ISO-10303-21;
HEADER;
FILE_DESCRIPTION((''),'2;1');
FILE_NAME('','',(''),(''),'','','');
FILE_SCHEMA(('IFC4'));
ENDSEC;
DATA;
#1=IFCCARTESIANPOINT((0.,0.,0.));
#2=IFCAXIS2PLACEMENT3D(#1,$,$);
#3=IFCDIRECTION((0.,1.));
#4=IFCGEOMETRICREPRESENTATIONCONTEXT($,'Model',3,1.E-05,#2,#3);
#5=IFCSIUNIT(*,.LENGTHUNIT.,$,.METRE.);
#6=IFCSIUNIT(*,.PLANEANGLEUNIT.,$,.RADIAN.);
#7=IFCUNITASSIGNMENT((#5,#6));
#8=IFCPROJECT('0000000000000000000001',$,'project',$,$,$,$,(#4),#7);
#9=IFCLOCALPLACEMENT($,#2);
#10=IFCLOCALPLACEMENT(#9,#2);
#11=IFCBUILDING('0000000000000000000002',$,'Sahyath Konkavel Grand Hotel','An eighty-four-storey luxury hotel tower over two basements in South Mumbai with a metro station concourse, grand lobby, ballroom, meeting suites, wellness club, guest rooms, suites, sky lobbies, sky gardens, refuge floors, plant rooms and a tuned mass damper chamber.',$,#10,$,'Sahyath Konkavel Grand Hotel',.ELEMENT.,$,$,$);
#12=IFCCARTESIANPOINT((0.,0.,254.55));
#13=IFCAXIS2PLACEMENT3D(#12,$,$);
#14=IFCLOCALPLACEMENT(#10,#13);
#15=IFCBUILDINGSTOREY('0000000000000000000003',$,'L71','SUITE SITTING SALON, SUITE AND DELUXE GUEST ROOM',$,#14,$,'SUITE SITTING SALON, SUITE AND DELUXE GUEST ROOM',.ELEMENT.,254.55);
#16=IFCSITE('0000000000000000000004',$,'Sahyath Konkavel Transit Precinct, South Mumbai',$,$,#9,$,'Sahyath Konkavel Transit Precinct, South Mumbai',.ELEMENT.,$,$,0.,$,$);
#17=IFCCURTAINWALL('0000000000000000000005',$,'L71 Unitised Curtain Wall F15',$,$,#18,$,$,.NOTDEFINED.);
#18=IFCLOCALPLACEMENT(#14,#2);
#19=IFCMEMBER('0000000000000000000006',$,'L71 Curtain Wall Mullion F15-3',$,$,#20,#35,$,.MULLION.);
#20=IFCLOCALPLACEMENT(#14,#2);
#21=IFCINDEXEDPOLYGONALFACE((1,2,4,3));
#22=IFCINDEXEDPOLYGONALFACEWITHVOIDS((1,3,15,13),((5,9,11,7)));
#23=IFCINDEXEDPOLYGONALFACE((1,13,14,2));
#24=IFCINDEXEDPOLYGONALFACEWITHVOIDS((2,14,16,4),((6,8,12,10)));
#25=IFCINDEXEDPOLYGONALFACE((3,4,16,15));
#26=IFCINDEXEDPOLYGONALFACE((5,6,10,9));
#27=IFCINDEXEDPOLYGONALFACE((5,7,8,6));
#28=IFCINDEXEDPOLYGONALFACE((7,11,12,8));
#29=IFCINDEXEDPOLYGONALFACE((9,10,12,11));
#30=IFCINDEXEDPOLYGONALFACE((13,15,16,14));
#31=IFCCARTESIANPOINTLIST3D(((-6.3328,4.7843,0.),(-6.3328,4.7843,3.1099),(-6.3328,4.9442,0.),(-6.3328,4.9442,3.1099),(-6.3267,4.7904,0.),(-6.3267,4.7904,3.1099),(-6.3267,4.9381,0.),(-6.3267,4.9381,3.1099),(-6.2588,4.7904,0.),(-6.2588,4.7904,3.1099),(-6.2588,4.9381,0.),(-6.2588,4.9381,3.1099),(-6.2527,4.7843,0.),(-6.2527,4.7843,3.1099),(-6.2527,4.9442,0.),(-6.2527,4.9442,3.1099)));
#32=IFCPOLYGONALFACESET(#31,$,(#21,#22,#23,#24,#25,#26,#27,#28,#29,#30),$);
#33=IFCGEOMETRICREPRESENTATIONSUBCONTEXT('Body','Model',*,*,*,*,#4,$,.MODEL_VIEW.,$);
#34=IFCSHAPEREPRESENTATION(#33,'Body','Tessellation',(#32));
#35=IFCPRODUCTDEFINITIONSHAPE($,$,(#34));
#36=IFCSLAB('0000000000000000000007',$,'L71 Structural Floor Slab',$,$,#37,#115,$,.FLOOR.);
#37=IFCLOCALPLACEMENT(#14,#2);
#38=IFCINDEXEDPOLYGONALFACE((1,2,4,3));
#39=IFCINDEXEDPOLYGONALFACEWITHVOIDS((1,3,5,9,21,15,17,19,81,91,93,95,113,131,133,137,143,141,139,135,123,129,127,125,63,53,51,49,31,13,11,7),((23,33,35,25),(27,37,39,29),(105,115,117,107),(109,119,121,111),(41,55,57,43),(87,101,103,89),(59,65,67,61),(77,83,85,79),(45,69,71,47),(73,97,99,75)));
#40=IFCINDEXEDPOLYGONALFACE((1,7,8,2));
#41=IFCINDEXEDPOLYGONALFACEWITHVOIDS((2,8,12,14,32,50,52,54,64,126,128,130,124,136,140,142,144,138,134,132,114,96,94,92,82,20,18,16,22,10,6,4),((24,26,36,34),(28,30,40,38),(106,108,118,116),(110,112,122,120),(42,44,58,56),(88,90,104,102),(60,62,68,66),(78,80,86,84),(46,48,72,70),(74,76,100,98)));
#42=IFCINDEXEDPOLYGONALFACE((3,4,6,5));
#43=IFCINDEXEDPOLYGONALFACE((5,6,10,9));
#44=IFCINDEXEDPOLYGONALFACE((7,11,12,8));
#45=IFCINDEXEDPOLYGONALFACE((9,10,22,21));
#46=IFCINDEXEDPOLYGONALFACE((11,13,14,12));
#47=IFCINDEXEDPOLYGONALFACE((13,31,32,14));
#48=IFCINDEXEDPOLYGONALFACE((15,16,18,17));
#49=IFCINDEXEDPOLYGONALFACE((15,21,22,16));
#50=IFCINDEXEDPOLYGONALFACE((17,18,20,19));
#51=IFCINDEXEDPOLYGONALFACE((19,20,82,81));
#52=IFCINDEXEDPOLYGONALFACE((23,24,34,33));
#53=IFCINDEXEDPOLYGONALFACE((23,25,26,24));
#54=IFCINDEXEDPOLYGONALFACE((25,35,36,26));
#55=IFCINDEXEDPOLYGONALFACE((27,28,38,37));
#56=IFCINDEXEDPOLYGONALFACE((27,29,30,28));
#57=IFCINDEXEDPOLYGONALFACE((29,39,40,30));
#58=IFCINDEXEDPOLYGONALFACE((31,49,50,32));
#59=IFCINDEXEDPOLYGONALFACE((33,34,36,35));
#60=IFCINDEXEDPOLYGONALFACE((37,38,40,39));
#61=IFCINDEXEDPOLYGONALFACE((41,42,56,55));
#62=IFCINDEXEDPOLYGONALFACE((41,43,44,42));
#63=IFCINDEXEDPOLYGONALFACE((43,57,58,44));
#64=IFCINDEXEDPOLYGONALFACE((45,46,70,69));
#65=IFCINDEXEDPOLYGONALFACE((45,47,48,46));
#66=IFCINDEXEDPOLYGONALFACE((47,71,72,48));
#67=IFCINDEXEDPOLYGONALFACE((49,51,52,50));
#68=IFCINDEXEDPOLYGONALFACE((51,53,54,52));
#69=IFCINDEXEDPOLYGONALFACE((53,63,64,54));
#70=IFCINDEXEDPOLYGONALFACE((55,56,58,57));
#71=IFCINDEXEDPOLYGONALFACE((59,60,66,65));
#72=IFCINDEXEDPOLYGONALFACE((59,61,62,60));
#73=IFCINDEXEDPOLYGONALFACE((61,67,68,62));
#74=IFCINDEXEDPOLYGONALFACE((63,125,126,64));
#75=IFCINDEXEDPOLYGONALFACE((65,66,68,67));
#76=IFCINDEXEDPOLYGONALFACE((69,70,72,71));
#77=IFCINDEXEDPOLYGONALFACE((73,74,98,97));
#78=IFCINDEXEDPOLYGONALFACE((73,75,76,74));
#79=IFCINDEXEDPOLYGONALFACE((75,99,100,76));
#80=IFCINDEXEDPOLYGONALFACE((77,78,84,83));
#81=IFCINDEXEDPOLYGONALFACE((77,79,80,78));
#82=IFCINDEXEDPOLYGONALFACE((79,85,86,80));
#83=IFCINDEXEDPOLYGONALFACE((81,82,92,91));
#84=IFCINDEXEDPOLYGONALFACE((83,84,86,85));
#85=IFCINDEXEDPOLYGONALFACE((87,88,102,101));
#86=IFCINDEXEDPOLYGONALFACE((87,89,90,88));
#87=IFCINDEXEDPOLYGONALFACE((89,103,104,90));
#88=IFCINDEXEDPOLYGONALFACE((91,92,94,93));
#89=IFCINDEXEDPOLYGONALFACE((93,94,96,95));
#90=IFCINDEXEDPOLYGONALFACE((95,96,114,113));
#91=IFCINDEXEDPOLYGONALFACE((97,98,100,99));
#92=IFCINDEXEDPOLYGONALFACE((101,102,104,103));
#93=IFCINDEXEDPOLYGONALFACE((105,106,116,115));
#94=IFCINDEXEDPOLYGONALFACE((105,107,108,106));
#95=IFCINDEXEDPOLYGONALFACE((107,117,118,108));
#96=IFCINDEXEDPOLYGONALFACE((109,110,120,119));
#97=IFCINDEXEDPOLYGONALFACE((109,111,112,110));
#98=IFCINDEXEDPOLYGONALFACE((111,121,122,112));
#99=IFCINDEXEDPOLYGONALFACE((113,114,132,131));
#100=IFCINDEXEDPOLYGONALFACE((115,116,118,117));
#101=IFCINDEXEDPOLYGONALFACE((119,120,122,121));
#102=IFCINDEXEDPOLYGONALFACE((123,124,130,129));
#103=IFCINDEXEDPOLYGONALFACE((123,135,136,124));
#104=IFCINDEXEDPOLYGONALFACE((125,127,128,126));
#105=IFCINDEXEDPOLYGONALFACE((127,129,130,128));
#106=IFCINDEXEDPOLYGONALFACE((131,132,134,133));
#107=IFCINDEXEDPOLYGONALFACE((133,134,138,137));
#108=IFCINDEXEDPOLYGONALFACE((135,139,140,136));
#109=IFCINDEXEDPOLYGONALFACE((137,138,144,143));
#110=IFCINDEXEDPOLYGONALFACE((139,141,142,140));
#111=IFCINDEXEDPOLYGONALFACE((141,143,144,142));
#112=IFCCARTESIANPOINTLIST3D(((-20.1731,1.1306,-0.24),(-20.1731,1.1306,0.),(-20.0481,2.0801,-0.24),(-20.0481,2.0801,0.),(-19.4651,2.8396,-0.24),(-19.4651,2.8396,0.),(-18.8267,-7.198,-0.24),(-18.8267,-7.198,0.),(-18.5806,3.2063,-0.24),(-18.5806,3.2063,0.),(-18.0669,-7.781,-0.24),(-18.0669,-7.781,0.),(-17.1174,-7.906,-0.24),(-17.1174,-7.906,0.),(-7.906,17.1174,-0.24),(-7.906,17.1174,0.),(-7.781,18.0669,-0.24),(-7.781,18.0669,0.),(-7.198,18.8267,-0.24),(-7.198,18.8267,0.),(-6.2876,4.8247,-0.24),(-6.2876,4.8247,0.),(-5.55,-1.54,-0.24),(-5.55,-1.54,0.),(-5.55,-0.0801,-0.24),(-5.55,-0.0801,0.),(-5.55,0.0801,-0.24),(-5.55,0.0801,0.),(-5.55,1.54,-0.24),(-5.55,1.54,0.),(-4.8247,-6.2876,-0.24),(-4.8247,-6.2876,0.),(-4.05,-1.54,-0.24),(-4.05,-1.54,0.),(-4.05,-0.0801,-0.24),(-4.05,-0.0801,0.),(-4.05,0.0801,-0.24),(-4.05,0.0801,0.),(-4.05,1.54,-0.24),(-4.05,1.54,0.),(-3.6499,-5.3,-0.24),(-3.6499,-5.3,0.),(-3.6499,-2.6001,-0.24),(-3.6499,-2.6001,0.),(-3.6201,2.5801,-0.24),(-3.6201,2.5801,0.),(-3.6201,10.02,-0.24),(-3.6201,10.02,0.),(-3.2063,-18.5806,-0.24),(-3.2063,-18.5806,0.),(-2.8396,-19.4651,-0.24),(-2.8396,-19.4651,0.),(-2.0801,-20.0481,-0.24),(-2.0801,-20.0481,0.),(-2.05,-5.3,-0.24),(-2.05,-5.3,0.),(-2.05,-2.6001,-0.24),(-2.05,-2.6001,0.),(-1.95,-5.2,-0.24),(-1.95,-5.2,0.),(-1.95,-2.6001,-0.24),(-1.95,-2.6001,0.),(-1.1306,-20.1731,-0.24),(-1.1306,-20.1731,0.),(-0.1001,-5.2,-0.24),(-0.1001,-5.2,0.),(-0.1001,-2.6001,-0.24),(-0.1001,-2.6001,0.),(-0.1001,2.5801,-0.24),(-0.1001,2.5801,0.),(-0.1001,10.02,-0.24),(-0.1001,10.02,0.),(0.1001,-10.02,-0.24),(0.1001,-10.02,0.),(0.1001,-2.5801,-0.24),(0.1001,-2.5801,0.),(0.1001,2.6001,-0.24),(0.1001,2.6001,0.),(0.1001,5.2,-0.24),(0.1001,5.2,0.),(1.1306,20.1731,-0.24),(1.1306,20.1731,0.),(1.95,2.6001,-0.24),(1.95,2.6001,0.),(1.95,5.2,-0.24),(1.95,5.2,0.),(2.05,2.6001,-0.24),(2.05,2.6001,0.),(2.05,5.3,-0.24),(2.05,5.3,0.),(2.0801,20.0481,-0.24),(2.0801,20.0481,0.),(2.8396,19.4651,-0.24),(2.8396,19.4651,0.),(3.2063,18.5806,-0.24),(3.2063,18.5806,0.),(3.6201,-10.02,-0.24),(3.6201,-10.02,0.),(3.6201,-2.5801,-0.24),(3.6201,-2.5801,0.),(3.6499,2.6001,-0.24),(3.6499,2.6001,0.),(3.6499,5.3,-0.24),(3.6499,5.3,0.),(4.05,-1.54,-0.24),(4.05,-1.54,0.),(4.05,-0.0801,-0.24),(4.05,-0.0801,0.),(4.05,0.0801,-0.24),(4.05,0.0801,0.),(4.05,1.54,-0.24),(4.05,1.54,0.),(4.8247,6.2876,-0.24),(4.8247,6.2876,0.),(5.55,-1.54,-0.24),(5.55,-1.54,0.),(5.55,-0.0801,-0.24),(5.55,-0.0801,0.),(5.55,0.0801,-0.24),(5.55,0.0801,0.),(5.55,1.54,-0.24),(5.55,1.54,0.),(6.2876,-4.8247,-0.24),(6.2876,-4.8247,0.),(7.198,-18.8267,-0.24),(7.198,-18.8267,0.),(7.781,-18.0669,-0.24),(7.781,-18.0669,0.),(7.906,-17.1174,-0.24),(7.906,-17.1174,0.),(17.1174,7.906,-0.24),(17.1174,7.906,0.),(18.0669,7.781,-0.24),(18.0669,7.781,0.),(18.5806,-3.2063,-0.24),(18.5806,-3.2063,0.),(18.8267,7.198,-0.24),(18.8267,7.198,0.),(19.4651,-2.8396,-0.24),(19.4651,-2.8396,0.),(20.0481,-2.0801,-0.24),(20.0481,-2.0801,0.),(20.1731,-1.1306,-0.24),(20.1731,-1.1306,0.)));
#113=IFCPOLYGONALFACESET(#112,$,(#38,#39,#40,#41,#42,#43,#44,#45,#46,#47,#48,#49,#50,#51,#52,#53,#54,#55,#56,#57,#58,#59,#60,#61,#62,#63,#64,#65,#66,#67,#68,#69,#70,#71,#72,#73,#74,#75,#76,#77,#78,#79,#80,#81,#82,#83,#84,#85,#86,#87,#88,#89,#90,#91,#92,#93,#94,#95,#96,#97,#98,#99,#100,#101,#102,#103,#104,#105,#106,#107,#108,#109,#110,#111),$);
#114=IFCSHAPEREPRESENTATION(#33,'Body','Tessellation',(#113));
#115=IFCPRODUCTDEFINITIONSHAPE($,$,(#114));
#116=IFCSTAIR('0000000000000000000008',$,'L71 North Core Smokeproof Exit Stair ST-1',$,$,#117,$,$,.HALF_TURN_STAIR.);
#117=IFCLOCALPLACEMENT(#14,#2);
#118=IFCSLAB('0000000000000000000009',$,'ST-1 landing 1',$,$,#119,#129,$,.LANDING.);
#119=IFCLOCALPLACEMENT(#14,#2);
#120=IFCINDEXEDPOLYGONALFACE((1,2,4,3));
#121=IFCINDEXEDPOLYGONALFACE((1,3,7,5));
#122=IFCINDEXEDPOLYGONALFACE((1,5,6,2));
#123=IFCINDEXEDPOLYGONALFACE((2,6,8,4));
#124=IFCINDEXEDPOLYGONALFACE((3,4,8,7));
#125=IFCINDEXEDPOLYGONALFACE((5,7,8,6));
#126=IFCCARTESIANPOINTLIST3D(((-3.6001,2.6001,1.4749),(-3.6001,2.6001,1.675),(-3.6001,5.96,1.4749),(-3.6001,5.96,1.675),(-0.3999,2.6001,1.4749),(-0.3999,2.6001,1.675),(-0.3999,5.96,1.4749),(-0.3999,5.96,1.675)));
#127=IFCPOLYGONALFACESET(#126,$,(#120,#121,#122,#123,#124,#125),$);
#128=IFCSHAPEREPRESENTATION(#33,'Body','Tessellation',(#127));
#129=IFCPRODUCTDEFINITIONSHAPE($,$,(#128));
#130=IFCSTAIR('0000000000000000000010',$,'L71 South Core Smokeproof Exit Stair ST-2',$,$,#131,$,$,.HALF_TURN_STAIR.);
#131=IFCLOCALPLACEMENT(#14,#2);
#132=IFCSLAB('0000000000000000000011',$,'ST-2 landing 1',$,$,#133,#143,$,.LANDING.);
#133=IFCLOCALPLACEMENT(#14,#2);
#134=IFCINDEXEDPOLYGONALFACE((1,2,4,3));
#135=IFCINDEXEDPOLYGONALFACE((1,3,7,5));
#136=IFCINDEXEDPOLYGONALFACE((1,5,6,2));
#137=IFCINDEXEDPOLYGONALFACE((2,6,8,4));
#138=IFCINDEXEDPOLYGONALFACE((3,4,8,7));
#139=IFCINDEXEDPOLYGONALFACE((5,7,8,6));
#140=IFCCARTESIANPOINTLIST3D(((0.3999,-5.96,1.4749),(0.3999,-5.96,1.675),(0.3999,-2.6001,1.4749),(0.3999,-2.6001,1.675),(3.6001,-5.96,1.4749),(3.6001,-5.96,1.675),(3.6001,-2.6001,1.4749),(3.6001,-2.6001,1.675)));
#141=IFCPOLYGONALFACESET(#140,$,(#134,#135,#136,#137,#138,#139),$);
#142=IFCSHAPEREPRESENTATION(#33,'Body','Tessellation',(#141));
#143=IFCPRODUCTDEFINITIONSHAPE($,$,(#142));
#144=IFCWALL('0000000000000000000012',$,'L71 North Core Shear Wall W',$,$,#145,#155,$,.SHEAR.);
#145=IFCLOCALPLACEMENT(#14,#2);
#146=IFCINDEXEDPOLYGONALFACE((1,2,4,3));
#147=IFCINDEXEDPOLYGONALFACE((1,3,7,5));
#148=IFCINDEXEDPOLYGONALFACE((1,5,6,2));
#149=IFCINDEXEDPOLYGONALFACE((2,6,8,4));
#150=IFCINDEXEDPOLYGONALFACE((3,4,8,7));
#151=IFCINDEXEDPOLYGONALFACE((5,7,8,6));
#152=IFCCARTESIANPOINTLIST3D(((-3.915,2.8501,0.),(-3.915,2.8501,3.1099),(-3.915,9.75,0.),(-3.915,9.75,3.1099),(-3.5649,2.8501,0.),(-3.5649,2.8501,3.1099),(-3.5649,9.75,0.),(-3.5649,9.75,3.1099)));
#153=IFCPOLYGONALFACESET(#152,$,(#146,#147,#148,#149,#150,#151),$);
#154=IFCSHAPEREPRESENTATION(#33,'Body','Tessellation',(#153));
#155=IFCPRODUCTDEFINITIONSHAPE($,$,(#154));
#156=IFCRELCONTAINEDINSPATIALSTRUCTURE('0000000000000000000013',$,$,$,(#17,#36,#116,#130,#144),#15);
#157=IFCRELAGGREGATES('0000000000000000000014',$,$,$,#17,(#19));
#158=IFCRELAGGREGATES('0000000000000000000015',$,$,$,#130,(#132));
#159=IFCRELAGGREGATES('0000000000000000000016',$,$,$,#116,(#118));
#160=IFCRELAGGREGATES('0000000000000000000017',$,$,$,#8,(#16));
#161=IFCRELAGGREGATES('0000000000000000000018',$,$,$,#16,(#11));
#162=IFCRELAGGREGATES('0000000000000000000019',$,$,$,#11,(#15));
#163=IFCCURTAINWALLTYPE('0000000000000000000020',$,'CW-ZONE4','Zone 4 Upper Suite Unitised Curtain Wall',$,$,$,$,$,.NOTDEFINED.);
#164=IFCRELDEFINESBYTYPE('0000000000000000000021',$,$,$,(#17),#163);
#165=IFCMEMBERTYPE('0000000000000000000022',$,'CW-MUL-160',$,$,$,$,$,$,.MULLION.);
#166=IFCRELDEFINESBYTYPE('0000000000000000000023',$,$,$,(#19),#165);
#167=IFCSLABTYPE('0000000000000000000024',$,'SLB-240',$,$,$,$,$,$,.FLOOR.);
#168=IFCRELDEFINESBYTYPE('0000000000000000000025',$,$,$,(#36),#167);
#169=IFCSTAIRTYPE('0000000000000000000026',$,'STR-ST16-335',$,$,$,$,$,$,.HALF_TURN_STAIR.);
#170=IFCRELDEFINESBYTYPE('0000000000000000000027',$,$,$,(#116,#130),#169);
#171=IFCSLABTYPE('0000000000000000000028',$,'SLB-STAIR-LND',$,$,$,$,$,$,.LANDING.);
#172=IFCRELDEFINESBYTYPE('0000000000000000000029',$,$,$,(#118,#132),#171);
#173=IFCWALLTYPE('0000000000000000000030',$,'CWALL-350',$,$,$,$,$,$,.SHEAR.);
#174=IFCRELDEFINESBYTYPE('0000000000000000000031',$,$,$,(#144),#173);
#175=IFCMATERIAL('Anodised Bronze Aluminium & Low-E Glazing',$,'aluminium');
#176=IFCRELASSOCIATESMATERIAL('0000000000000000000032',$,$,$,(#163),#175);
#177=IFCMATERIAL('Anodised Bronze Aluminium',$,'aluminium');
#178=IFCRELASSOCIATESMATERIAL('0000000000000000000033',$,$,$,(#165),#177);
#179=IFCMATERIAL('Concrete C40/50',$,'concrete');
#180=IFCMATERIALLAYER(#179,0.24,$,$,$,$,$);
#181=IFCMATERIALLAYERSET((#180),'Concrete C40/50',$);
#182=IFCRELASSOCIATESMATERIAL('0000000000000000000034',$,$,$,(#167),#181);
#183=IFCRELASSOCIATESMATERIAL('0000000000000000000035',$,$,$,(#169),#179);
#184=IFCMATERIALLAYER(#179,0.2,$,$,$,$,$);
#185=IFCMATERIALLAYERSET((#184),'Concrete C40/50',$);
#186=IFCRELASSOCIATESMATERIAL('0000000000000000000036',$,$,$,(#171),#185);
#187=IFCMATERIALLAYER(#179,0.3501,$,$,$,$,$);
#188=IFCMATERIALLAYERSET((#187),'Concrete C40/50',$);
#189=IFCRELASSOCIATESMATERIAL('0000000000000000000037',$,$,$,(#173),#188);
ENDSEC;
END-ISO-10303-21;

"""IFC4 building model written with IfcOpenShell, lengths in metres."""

from ifc_helpers import new_model, si_unit, direction, frame, frame_2d, origin, origin_2d, place, context, subcontext, project, spatial, polyline, rectangle, hollow_rectangle, outline, extrude, source, transform, mapped, material, layer, layer_set, material_profile, profile_set, type_object, element, aggregate, save


model = new_model("IFC4")

# Units and contexts
model_context = context("Model", 3, precision=1e-05, world=origin(), true_north=direction((0.0, 1.0)))
body_context = subcontext(model_context, "Body", "Model", "MODEL_VIEW")
ifc_project = project(units=[si_unit("LENGTHUNIT", "METRE"), si_unit("PLANEANGLEUNIT", "RADIAN")], contexts=[model_context])

# Site, building, storey
site_placement = place(None, origin())
site = spatial("IfcSite", under=ifc_project, at=site_placement, Name="Sahyath Konkavel Transit Precinct, South Mumbai", LongName="Sahyath Konkavel Transit Precinct, South Mumbai", CompositionType="ELEMENT", RefElevation=0.0)
building_placement = place(site_placement, origin())
building = spatial("IfcBuilding", under=site, at=building_placement, Name="Sahyath Konkavel Grand Hotel", Description="An eighty-four-storey luxury hotel tower over two basements in South Mumbai with a metro station concourse, grand lobby, ballroom, meeting suites, wellness club, guest rooms, suites, sky lobbies, sky gardens, refuge floors, plant rooms and a tuned mass damper chamber.", LongName="Sahyath Konkavel Grand Hotel", CompositionType="ELEMENT")
storey_placement = place(building_placement, frame((0.0, 0.0, 254.55)))
storey = spatial("IfcBuildingStorey", under=building, at=storey_placement, Name="L71", Description="SUITE SITTING SALON, SUITE AND DELUXE GUEST ROOM", LongName="SUITE SITTING SALON, SUITE AND DELUXE GUEST ROOM", CompositionType="ELEMENT", Elevation=254.55)

# Shared definitions
ifc_material_1 = material(Name="Concrete C40/50", Category="concrete")

# Curtain wall, member
ifc_material_2 = material(Name="Anodised Bronze Aluminium & Low-E Glazing", Category="aluminium")
curtain_wall_type = type_object("IfcCurtainWallType", Name="CW-ZONE4", Description="Zone 4 Upper Suite Unitised Curtain Wall", PredefinedType="NOTDEFINED", material=ifc_material_2)
curtain_wall_placement = place(storey_placement, origin())
curtain_wall = element("IfcCurtainWall", 1, at=curtain_wall_placement, inside=storey, type_object=curtain_wall_type, Name="L71 Unitised Curtain Wall F15", PredefinedType="NOTDEFINED")
ifc_material_3 = material(Name="Anodised Bronze Aluminium", Category="aluminium")
ifc_material_profile_1 = material_profile(ifc_material_3, hollow_rectangle(XDim=0.0801, YDim=0.1599, WallThickness=0.0061, at=origin_2d()), Name="RHS 160x80x6")
ifc_profile_set_1 = profile_set([ifc_material_profile_1], Name="Anodised Bronze Aluminium")
member_type = type_object("IfcMemberType", Name="CW-MUL-160", PredefinedType="MULLION", material=ifc_profile_set_1)
shared_shape_1 = source(origin(), body_context, "Body", "SweptSolid", [
    extrude(hollow_rectangle(XDim=0.0801, YDim=0.1599, WallThickness=0.0061, at=origin_2d()), origin(), (0.0, 0.0, 1.0), 3.1099),
])
member_placement = place(storey_placement, frame((-6.2927, 4.8643, 0.0), z_axis=(0.0, 0.0, 1.0), x_axis=(1.0, 0.0, 0.0)))
member = element("IfcMember", 2, at=member_placement, type_object=member_type, Name="L71 Curtain Wall Mullion F15-3", PredefinedType="MULLION", context=body_context, shape_type="MappedRepresentation", body=[
    mapped(shared_shape_1, transform((0.0, 0.0, 0.0), scale=1.0)),
])
aggregate(curtain_wall, [member])

# Slab
ifc_layer_1 = layer(ifc_material_1, 0.24)
ifc_layer_set_1 = layer_set([ifc_layer_1], Name="Concrete C40/50")
slab_type_1 = type_object("IfcSlabType", Name="SLB-240", PredefinedType="FLOOR", material=ifc_layer_set_1)
slab_1_placement = place(storey_placement, frame((0.0, 0.0, -0.24)))
element("IfcSlab", 3, at=slab_1_placement, inside=storey, type_object=slab_type_1, Name="L71 Structural Floor Slab", PredefinedType="FLOOR", context=body_context, shape_type="SweptSolid", body=[
    extrude(outline(polyline([(6.2876, -4.8247), (18.5806, -3.2063), (19.4651, -2.8396), (20.0481, -2.0801), (20.1731, -1.1306), (18.8267, 7.198), (18.0669, 7.781), (17.1174, 7.906), (4.8247, 6.2876), (3.2063, 18.5806), (2.8396, 19.4651), (2.0801, 20.0481), (1.1306, 20.1731), (-7.198, 18.8267), (-7.781, 18.0669), (-7.906, 17.1174), (-6.2876, 4.8247), (-18.5806, 3.2063), (-19.4651, 2.8396), (-20.0481, 2.0801), (-20.1731, 1.1306), (-18.8267, -7.198), (-18.0669, -7.781), (-17.1174, -7.906), (-4.8247, -6.2876), (-3.2063, -18.5806), (-2.8396, -19.4651), (-2.0801, -20.0481), (-1.1306, -20.1731), (7.198, -18.8267), (7.781, -18.0669), (7.906, -17.1174), (6.2876, -4.8247)]), holes=[polyline([(-3.6201, 2.5801), (-0.1001, 2.5801), (-0.1001, 10.02), (-3.6201, 10.02), (-3.6201, 2.5801)]), polyline([(0.1001, -10.02), (3.6201, -10.02), (3.6201, -2.5801), (0.1001, -2.5801), (0.1001, -10.02)]), polyline([(0.1001, 2.6001), (1.95, 2.6001), (1.95, 5.2), (0.1001, 5.2), (0.1001, 2.6001)]), polyline([(-1.95, -5.2), (-0.1001, -5.2), (-0.1001, -2.6001), (-1.95, -2.6001), (-1.95, -5.2)]), polyline([(2.05, 2.6001), (3.6499, 2.6001), (3.6499, 5.3), (2.05, 5.3), (2.05, 2.6001)]), polyline([(-3.6499, -5.3), (-2.05, -5.3), (-2.05, -2.6001), (-3.6499, -2.6001), (-3.6499, -5.3)]), polyline([(4.05, 0.0801), (5.55, 0.0801), (5.55, 1.54), (4.05, 1.54), (4.05, 0.0801)]), polyline([(4.05, -1.54), (5.55, -1.54), (5.55, -0.0801), (4.05, -0.0801), (4.05, -1.54)]), polyline([(-5.55, 0.0801), (-4.05, 0.0801), (-4.05, 1.54), (-5.55, 1.54), (-5.55, 0.0801)]), polyline([(-5.55, -1.54), (-4.05, -1.54), (-4.05, -0.0801), (-5.55, -0.0801), (-5.55, -1.54)])]), origin(), (0.0, 0.0, 1.0), 0.24),
])

# Stairs, slabs
stair_type = type_object("IfcStairType", Name="STR-ST16-335", PredefinedType="HALF_TURN_STAIR", material=ifc_material_1)
stair_1_placement = place(storey_placement, origin())
stair_1 = element("IfcStair", 4, at=stair_1_placement, inside=storey, type_object=stair_type, Name="L71 North Core Smokeproof Exit Stair ST-1", PredefinedType="HALF_TURN_STAIR")
ifc_layer_2 = layer(ifc_material_1, 0.2)
ifc_layer_set_2 = layer_set([ifc_layer_2], Name="Concrete C40/50")
slab_type_2 = type_object("IfcSlabType", Name="SLB-STAIR-LND", PredefinedType="LANDING", material=ifc_layer_set_2)
slab_2_placement = place(storey_placement, frame((0.0, 0.0, 1.4749)))
slab_2 = element("IfcSlab", 5, at=slab_2_placement, type_object=slab_type_2, Name="ST-1 landing 1", PredefinedType="LANDING", context=body_context, shape_type="SweptSolid", body=[
    extrude(outline(polyline([(-3.6001, 5.96), (-3.6001, 2.6001), (-0.3999, 2.6001), (-0.3999, 5.96), (-3.6001, 5.96)])), origin(), (0.0, 0.0, 1.0), 0.2002),
])
stair_2_placement = place(storey_placement, origin())
stair_2 = element("IfcStair", 6, at=stair_2_placement, inside=storey, type_object=stair_type, Name="L71 South Core Smokeproof Exit Stair ST-2", PredefinedType="HALF_TURN_STAIR")
slab_3_placement = place(storey_placement, frame((0.0, 0.0, 1.4749)))
slab_3 = element("IfcSlab", 7, at=slab_3_placement, type_object=slab_type_2, Name="ST-2 landing 1", PredefinedType="LANDING", context=body_context, shape_type="SweptSolid", body=[
    extrude(outline(polyline([(3.6001, -5.96), (3.6001, -2.6001), (0.3999, -2.6001), (0.3999, -5.96), (3.6001, -5.96)])), origin(), (0.0, 0.0, 1.0), 0.2002),
])
aggregate(stair_2, [slab_3])

# Wall
ifc_layer_3 = layer(ifc_material_1, 0.3501)
ifc_layer_set_3 = layer_set([ifc_layer_3], Name="Concrete C40/50")
wall_type_1 = type_object("IfcWallType", Name="CWALL-350", PredefinedType="SHEAR", material=ifc_layer_set_3)
wall_1_placement = place(storey_placement, frame((-3.74, 2.8501, 0.0), z_axis=(0.0, 0.0, 1.0), x_axis=(0.0, 1.0, 0.0)))
element("IfcWall", 8, at=wall_1_placement, inside=storey, type_object=wall_type_1, Name="L71 North Core Shear Wall W", PredefinedType="SHEAR", context=body_context, shape_type="SweptSolid", body=[
    extrude(rectangle(XDim=6.8999, YDim=0.3501, at=frame_2d((3.45, 0.0))), origin(), (0.0, 0.0, 1.0), 3.1099),
])

aggregate(stair_1, [slab_2])

save(model, "model.ifc")
